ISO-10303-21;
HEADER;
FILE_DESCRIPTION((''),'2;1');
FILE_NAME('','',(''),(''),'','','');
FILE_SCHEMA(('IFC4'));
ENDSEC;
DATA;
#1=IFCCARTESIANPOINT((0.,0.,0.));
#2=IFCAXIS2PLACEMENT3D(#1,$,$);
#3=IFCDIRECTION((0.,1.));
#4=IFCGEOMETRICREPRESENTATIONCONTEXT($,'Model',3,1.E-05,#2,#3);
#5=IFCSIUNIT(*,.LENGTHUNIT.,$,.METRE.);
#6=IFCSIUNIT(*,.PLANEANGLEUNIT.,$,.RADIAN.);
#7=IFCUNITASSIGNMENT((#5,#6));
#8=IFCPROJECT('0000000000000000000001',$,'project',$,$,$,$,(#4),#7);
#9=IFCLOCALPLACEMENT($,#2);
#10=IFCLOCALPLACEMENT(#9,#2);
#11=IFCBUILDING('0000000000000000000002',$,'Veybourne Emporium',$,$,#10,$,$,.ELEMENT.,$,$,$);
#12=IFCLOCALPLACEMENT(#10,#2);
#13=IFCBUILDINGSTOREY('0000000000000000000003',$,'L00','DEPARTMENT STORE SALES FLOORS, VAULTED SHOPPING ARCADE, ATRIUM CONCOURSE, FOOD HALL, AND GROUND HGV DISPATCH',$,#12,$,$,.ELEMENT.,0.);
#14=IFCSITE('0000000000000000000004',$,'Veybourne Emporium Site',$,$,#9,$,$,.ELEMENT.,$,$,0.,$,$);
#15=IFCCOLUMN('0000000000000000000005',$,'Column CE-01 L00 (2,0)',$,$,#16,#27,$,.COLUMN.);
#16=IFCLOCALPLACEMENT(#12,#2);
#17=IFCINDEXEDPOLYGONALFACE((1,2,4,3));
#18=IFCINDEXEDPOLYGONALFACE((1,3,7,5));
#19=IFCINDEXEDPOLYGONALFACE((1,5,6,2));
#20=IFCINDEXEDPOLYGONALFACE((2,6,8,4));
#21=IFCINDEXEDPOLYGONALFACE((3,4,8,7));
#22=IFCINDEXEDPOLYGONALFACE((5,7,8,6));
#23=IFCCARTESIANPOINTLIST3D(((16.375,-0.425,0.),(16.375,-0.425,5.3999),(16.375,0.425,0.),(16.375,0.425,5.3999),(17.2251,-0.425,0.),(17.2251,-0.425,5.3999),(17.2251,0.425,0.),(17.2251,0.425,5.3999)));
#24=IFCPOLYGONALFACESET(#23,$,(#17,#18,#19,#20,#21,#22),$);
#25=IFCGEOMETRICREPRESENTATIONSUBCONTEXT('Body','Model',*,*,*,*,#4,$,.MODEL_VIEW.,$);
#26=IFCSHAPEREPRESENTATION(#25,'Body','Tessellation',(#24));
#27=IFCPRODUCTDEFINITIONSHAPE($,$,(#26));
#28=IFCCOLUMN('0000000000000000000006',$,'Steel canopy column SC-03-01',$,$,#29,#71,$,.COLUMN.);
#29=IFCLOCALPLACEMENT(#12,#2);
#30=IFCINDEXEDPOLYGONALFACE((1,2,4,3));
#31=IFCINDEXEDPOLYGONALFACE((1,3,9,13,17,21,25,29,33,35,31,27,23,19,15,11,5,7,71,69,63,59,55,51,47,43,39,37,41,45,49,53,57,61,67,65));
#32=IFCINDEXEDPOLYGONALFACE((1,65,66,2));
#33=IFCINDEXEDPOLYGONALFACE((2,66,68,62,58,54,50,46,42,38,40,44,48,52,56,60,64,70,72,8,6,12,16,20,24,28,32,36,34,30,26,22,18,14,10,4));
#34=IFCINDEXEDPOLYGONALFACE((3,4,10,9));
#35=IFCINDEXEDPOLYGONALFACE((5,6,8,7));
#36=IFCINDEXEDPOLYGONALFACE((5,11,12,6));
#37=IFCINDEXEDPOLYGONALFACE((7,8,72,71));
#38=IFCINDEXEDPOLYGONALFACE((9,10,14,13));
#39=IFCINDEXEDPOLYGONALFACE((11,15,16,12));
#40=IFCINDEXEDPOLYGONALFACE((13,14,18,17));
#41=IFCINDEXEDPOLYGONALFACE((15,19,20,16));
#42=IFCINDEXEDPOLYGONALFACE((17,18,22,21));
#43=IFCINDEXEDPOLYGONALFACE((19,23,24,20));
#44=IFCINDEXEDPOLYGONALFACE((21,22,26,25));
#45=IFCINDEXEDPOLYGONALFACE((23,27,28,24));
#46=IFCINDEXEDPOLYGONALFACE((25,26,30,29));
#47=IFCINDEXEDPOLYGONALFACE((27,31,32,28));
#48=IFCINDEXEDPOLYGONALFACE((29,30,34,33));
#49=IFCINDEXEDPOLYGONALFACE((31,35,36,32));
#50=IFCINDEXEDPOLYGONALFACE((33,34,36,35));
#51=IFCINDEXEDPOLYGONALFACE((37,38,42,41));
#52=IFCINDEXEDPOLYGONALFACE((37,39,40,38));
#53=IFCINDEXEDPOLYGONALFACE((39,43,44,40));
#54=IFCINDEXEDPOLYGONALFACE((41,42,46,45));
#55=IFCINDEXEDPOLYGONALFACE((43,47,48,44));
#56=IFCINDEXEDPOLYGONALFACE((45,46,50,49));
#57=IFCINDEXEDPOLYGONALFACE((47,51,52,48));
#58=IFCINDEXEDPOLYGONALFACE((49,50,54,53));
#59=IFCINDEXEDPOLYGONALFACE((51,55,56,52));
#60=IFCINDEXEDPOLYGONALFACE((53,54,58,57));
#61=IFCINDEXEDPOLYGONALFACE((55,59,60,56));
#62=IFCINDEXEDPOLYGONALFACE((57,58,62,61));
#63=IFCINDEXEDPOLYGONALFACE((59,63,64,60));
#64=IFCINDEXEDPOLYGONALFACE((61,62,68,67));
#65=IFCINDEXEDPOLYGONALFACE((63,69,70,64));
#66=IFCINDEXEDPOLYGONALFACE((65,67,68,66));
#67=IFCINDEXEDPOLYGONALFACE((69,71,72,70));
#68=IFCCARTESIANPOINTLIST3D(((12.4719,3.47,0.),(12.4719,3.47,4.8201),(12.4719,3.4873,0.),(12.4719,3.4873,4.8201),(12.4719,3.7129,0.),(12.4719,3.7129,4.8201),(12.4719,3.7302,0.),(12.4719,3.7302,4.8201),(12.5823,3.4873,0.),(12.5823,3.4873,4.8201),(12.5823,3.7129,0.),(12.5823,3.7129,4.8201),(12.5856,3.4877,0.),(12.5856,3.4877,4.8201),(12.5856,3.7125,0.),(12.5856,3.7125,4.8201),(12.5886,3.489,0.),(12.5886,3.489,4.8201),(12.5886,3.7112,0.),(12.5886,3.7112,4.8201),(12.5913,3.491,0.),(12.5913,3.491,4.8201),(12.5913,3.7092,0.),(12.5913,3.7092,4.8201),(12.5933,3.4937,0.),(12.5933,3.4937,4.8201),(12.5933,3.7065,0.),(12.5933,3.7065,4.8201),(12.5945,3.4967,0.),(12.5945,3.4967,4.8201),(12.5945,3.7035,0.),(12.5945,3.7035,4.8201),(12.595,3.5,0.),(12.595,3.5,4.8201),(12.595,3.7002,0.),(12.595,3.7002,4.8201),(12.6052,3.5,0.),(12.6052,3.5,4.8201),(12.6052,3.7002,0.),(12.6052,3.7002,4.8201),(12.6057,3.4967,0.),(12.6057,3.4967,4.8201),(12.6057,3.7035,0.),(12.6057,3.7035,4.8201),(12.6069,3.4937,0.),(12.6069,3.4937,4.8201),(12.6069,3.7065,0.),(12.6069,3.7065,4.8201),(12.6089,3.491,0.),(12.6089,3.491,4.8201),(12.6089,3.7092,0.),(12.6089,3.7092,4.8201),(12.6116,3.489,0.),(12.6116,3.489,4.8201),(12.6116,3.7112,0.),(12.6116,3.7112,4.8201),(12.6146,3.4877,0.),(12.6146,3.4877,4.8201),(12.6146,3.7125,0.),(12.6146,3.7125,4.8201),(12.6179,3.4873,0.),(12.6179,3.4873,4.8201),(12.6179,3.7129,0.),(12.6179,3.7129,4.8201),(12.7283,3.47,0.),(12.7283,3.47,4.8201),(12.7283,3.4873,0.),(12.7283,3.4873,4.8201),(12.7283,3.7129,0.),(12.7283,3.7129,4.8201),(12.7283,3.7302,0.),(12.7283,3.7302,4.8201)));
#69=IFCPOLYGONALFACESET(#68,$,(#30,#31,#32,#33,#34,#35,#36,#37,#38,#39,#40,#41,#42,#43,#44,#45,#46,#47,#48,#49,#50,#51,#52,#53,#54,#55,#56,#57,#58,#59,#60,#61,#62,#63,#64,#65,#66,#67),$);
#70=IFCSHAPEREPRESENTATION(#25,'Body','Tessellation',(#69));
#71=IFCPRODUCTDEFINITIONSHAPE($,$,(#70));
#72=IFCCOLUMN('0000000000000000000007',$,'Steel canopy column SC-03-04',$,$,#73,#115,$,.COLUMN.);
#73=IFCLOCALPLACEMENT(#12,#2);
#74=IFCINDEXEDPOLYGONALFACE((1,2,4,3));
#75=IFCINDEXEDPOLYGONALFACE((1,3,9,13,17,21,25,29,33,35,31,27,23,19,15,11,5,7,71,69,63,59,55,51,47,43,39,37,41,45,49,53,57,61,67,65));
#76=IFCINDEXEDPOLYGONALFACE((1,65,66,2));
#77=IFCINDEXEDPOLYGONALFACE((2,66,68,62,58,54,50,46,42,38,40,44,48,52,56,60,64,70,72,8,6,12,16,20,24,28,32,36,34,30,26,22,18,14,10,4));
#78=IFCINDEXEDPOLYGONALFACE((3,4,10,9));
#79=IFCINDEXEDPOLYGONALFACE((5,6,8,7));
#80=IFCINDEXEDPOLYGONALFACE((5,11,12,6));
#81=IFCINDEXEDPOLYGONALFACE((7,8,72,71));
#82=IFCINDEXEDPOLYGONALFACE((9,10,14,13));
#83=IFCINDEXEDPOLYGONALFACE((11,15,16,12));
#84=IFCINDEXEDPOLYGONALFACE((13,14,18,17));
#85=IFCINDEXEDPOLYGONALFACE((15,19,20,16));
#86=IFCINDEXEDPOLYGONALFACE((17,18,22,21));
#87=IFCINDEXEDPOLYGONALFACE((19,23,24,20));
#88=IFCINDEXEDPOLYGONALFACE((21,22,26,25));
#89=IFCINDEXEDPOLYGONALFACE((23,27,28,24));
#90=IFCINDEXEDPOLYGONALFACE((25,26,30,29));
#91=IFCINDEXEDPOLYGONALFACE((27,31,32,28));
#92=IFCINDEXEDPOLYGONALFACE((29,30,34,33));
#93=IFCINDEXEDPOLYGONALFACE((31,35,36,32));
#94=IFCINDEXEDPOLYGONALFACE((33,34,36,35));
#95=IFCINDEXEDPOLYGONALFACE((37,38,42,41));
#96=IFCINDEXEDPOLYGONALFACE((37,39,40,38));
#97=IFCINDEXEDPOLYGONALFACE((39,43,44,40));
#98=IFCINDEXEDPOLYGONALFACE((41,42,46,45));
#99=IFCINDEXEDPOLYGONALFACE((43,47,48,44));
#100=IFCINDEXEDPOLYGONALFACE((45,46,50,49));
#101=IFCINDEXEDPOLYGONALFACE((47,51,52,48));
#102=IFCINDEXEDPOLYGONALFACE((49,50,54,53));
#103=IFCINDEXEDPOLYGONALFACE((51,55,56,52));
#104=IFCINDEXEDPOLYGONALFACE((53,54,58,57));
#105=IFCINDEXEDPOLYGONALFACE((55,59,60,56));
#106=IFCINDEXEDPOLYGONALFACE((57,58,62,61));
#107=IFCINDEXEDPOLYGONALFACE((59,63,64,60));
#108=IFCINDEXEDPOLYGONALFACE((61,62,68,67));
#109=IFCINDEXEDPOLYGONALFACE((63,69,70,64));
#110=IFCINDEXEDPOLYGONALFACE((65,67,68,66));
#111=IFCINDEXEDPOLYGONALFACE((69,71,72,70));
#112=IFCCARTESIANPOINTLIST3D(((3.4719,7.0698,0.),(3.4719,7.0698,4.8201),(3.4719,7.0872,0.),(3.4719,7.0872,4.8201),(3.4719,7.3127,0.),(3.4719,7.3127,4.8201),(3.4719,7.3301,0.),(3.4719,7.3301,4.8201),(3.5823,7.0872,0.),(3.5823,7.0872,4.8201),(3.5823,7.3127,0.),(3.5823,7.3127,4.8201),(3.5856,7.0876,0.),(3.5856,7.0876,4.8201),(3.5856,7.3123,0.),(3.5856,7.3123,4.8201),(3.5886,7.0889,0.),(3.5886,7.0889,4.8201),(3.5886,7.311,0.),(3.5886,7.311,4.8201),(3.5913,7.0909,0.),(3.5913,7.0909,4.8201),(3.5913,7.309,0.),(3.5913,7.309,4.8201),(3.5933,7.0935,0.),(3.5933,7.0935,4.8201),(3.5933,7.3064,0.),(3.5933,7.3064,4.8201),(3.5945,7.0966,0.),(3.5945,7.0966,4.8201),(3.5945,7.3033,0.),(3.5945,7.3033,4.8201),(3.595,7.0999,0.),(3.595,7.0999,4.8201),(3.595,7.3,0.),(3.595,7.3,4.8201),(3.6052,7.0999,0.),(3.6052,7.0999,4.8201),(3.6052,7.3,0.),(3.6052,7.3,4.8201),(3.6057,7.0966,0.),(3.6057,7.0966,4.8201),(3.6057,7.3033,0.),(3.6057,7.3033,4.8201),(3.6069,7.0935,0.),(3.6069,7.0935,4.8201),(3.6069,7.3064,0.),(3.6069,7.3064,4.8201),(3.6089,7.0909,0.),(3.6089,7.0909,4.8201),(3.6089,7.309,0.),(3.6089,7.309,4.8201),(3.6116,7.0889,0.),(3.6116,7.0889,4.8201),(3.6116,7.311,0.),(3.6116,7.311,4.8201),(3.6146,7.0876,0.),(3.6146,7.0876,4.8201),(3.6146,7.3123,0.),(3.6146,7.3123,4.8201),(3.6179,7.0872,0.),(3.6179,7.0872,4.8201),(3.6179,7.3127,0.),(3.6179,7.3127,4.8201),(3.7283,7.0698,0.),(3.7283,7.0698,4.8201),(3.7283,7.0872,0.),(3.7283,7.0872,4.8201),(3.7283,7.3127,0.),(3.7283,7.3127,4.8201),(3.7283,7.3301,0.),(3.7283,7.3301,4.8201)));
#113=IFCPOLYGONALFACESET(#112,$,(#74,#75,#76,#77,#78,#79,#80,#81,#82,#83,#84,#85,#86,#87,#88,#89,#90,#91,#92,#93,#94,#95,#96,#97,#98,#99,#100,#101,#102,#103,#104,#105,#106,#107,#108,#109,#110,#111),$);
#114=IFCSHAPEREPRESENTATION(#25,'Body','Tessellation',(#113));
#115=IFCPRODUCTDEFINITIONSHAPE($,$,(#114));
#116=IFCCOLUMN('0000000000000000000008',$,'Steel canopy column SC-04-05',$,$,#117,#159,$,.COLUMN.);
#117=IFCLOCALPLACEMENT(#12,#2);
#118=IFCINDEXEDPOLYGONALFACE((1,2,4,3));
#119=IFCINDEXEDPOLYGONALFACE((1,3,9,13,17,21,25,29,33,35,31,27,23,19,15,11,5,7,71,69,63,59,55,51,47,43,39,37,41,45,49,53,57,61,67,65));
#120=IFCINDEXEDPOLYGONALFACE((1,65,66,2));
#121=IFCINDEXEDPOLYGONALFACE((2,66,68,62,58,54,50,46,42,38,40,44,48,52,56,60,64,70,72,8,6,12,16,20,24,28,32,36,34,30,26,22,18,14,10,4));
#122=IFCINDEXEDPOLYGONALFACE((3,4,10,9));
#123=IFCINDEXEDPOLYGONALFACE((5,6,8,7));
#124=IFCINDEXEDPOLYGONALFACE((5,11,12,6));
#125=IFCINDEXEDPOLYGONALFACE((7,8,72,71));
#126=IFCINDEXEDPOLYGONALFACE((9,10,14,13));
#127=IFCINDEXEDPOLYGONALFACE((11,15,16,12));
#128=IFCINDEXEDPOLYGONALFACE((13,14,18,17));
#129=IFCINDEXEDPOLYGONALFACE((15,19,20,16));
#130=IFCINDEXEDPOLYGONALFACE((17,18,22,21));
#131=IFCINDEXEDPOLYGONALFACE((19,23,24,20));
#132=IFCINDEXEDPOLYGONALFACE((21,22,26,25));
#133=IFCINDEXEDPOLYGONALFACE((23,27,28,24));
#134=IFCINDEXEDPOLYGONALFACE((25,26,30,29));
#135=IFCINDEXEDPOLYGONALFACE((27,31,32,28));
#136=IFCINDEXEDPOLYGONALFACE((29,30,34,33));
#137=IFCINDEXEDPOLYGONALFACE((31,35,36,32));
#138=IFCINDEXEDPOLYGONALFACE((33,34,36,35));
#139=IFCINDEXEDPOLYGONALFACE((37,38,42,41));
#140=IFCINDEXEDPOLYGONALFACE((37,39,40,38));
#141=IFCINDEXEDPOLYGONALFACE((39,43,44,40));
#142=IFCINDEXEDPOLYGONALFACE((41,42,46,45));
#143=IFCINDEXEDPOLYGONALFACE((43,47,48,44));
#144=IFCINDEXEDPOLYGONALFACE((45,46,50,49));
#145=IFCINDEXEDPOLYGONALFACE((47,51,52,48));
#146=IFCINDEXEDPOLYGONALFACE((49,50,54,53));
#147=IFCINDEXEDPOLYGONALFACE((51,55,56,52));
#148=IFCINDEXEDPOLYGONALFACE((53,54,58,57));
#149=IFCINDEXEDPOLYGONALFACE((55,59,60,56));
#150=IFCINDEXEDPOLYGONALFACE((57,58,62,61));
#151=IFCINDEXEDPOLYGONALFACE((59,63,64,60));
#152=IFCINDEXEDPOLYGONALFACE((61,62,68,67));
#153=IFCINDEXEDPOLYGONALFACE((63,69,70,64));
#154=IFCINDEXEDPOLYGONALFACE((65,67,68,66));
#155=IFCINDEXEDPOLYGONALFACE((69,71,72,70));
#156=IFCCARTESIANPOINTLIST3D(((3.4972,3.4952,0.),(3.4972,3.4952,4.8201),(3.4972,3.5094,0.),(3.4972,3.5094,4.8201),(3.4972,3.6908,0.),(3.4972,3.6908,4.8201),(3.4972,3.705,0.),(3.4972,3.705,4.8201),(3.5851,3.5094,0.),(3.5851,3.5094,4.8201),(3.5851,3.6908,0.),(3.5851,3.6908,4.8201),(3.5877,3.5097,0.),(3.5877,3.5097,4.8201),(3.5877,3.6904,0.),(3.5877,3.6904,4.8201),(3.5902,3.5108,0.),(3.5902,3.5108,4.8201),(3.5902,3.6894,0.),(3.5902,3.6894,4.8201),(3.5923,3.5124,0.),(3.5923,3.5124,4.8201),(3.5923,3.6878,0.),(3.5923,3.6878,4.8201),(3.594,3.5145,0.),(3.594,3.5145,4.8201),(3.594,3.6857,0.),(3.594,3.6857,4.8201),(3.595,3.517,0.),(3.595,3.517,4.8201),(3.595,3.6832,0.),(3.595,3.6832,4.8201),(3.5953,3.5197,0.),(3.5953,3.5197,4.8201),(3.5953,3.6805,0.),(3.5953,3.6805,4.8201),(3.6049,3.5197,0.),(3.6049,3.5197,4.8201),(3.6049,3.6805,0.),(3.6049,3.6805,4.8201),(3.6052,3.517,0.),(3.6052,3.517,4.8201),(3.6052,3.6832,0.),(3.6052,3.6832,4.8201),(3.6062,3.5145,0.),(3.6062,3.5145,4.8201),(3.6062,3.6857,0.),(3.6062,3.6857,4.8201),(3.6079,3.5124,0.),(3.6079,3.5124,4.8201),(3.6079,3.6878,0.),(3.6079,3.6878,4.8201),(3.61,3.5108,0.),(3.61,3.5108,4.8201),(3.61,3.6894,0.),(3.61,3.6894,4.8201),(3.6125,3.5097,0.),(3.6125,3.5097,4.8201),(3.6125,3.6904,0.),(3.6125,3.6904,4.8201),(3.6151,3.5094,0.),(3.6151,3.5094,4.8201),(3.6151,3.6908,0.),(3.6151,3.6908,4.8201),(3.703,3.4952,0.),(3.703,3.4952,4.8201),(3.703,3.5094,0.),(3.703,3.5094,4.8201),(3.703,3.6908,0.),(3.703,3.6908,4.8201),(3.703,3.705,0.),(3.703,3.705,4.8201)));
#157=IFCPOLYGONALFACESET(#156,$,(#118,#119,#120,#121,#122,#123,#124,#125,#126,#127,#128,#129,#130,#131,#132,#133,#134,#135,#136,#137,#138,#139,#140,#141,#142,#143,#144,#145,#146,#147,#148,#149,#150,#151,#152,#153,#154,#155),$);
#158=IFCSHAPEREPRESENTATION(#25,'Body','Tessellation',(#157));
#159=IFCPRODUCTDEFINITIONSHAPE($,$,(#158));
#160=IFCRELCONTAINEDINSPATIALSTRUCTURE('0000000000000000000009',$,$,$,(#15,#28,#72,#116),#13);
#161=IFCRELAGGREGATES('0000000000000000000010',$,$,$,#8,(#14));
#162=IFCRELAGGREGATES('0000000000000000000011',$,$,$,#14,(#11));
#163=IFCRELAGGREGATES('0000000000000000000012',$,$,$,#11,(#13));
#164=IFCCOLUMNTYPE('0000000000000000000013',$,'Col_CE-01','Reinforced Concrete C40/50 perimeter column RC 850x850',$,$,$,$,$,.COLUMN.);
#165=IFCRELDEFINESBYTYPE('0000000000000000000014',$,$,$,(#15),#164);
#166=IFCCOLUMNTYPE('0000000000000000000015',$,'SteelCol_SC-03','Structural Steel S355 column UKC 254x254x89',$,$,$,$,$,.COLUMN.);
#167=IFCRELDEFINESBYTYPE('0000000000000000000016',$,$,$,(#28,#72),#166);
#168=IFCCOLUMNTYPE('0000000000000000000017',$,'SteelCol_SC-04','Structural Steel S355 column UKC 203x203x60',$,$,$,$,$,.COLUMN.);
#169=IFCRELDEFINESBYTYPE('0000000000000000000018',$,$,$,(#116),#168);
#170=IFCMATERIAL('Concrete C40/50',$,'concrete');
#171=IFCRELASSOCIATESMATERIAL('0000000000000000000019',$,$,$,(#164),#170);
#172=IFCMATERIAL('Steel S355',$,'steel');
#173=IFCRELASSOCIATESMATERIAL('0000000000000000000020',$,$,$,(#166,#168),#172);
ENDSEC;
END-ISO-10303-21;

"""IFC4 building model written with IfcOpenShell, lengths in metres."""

from ifc_helpers import new_model, si_unit, direction, frame, origin, origin_2d, place, context, subcontext, project, spatial, rectangle, i_section, extrude, material, material_profile, profile_set, type_object, element, save


model = new_model("IFC4")

# Units and contexts
model_context = context("Model", 3, precision=1e-05, world=origin(), true_north=direction((0.0, 1.0)))
body_context = subcontext(model_context, "Body", "Model", "MODEL_VIEW")
ifc_project = project(units=[si_unit("LENGTHUNIT", "METRE"), si_unit("PLANEANGLEUNIT", "RADIAN")], contexts=[model_context])

# Site, building, storey
site_placement = place(None, origin())
site = spatial("IfcSite", under=ifc_project, at=site_placement, Name="Veybourne Emporium Site", CompositionType="ELEMENT", RefElevation=0.0)
building_placement = place(site_placement, origin())
building = spatial("IfcBuilding", under=site, at=building_placement, Name="Veybourne Emporium", CompositionType="ELEMENT")
storey_placement = place(building_placement, origin())
storey = spatial("IfcBuildingStorey", under=building, at=storey_placement, Name="L00", Description="DEPARTMENT STORE SALES FLOORS, VAULTED SHOPPING ARCADE, ATRIUM CONCOURSE, FOOD HALL, AND GROUND HGV DISPATCH", CompositionType="ELEMENT", Elevation=0.0)

# Columns
ifc_material_1 = material(Name="Concrete C40/50", Category="concrete")
ifc_material_profile_1 = material_profile(ifc_material_1, rectangle(XDim=0.8501, YDim=0.8501, at=origin_2d()), Name="RC 850x850")
ifc_profile_set_1 = profile_set([ifc_material_profile_1], Name="Concrete C40/50")
column_type_1 = type_object("IfcColumnType", Name="Col_CE-01", Description="Reinforced Concrete C40/50 perimeter column RC 850x850", PredefinedType="COLUMN", material=ifc_profile_set_1)
column_placement = place(storey_placement, frame((16.8, 0.0, 0.0), z_axis=(0.0, 0.0, 1.0), x_axis=(1.0, 0.0, 0.0)))
element("IfcColumn", 1, at=column_placement, inside=storey, type_object=column_type_1, Name="Column CE-01 L00 (2,0)", PredefinedType="COLUMN", context=body_context, shape_type="SweptSolid", body=[
    extrude(rectangle(XDim=0.8501, YDim=0.8501, at=origin_2d()), origin(), (0.0, 0.0, 1.0), 5.3999),
])
ifc_material_2 = material(Name="Steel S355", Category="steel")
ifc_material_profile_2 = material_profile(ifc_material_2, i_section(OverallWidth=0.2563, OverallDepth=0.2603, WebThickness=0.0103, FlangeThickness=0.0173, FilletRadius=0.0127, at=origin_2d()), Name="UKC 254x254x89")
ifc_profile_set_2 = profile_set([ifc_material_profile_2], Name="Steel S355")
column_type_2 = type_object("IfcColumnType", Name="SteelCol_SC-03", Description="Structural Steel S355 column UKC 254x254x89", PredefinedType="COLUMN", material=ifc_profile_set_2)
for number, where, z_axis, x_axis, name in (
    (2, (12.6001, 3.6001, 0.0), (0.0, 0.0, 1.0), (1.0, 0.0, 0.0), "Steel canopy column SC-03-01"),
    (3, (3.6001, 7.2, 0.0), (0.0, 0.0, 1.0), (1.0, 0.0, 0.0), "Steel canopy column SC-03-04"),
):
    element("IfcColumn", number, at=place(storey_placement, frame(where, z_axis=z_axis, x_axis=x_axis)), inside=storey, type_object=column_type_2, Name=name, PredefinedType="COLUMN", context=body_context, shape_type="SweptSolid", body=[
        extrude(i_section(OverallWidth=0.2563, OverallDepth=0.2603, WebThickness=0.0103, FlangeThickness=0.0173, FilletRadius=0.0127, at=origin_2d()), origin(), (0.0, 0.0, 1.0), 4.8201),
    ])
ifc_material_profile_3 = material_profile(ifc_material_2, i_section(OverallWidth=0.2058, OverallDepth=0.2097, WebThickness=0.0095, FlangeThickness=0.0142, FilletRadius=0.0103, at=origin_2d()), Name="UKC 203x203x60")
ifc_profile_set_3 = profile_set([ifc_material_profile_3], Name="Steel S355")
column_type_3 = type_object("IfcColumnType", Name="SteelCol_SC-04", Description="Structural Steel S355 column UKC 203x203x60", PredefinedType="COLUMN", material=ifc_profile_set_3)
for number, where, z_axis, x_axis, name in (
    (4, (3.6001, 3.6001, 0.0), (0.0, 0.0, 1.0), (1.0, 0.0, 0.0), "Steel canopy column SC-04-05"),
):
    element("IfcColumn", number, at=place(storey_placement, frame(where, z_axis=z_axis, x_axis=x_axis)), inside=storey, type_object=column_type_3, Name=name, PredefinedType="COLUMN", context=body_context, shape_type="SweptSolid", body=[
        extrude(i_section(OverallWidth=0.2058, OverallDepth=0.2097, WebThickness=0.0095, FlangeThickness=0.0142, FilletRadius=0.0103, at=origin_2d()), origin(), (0.0, 0.0, 1.0), 4.8201),
    ])

save(model, "model.ifc")
